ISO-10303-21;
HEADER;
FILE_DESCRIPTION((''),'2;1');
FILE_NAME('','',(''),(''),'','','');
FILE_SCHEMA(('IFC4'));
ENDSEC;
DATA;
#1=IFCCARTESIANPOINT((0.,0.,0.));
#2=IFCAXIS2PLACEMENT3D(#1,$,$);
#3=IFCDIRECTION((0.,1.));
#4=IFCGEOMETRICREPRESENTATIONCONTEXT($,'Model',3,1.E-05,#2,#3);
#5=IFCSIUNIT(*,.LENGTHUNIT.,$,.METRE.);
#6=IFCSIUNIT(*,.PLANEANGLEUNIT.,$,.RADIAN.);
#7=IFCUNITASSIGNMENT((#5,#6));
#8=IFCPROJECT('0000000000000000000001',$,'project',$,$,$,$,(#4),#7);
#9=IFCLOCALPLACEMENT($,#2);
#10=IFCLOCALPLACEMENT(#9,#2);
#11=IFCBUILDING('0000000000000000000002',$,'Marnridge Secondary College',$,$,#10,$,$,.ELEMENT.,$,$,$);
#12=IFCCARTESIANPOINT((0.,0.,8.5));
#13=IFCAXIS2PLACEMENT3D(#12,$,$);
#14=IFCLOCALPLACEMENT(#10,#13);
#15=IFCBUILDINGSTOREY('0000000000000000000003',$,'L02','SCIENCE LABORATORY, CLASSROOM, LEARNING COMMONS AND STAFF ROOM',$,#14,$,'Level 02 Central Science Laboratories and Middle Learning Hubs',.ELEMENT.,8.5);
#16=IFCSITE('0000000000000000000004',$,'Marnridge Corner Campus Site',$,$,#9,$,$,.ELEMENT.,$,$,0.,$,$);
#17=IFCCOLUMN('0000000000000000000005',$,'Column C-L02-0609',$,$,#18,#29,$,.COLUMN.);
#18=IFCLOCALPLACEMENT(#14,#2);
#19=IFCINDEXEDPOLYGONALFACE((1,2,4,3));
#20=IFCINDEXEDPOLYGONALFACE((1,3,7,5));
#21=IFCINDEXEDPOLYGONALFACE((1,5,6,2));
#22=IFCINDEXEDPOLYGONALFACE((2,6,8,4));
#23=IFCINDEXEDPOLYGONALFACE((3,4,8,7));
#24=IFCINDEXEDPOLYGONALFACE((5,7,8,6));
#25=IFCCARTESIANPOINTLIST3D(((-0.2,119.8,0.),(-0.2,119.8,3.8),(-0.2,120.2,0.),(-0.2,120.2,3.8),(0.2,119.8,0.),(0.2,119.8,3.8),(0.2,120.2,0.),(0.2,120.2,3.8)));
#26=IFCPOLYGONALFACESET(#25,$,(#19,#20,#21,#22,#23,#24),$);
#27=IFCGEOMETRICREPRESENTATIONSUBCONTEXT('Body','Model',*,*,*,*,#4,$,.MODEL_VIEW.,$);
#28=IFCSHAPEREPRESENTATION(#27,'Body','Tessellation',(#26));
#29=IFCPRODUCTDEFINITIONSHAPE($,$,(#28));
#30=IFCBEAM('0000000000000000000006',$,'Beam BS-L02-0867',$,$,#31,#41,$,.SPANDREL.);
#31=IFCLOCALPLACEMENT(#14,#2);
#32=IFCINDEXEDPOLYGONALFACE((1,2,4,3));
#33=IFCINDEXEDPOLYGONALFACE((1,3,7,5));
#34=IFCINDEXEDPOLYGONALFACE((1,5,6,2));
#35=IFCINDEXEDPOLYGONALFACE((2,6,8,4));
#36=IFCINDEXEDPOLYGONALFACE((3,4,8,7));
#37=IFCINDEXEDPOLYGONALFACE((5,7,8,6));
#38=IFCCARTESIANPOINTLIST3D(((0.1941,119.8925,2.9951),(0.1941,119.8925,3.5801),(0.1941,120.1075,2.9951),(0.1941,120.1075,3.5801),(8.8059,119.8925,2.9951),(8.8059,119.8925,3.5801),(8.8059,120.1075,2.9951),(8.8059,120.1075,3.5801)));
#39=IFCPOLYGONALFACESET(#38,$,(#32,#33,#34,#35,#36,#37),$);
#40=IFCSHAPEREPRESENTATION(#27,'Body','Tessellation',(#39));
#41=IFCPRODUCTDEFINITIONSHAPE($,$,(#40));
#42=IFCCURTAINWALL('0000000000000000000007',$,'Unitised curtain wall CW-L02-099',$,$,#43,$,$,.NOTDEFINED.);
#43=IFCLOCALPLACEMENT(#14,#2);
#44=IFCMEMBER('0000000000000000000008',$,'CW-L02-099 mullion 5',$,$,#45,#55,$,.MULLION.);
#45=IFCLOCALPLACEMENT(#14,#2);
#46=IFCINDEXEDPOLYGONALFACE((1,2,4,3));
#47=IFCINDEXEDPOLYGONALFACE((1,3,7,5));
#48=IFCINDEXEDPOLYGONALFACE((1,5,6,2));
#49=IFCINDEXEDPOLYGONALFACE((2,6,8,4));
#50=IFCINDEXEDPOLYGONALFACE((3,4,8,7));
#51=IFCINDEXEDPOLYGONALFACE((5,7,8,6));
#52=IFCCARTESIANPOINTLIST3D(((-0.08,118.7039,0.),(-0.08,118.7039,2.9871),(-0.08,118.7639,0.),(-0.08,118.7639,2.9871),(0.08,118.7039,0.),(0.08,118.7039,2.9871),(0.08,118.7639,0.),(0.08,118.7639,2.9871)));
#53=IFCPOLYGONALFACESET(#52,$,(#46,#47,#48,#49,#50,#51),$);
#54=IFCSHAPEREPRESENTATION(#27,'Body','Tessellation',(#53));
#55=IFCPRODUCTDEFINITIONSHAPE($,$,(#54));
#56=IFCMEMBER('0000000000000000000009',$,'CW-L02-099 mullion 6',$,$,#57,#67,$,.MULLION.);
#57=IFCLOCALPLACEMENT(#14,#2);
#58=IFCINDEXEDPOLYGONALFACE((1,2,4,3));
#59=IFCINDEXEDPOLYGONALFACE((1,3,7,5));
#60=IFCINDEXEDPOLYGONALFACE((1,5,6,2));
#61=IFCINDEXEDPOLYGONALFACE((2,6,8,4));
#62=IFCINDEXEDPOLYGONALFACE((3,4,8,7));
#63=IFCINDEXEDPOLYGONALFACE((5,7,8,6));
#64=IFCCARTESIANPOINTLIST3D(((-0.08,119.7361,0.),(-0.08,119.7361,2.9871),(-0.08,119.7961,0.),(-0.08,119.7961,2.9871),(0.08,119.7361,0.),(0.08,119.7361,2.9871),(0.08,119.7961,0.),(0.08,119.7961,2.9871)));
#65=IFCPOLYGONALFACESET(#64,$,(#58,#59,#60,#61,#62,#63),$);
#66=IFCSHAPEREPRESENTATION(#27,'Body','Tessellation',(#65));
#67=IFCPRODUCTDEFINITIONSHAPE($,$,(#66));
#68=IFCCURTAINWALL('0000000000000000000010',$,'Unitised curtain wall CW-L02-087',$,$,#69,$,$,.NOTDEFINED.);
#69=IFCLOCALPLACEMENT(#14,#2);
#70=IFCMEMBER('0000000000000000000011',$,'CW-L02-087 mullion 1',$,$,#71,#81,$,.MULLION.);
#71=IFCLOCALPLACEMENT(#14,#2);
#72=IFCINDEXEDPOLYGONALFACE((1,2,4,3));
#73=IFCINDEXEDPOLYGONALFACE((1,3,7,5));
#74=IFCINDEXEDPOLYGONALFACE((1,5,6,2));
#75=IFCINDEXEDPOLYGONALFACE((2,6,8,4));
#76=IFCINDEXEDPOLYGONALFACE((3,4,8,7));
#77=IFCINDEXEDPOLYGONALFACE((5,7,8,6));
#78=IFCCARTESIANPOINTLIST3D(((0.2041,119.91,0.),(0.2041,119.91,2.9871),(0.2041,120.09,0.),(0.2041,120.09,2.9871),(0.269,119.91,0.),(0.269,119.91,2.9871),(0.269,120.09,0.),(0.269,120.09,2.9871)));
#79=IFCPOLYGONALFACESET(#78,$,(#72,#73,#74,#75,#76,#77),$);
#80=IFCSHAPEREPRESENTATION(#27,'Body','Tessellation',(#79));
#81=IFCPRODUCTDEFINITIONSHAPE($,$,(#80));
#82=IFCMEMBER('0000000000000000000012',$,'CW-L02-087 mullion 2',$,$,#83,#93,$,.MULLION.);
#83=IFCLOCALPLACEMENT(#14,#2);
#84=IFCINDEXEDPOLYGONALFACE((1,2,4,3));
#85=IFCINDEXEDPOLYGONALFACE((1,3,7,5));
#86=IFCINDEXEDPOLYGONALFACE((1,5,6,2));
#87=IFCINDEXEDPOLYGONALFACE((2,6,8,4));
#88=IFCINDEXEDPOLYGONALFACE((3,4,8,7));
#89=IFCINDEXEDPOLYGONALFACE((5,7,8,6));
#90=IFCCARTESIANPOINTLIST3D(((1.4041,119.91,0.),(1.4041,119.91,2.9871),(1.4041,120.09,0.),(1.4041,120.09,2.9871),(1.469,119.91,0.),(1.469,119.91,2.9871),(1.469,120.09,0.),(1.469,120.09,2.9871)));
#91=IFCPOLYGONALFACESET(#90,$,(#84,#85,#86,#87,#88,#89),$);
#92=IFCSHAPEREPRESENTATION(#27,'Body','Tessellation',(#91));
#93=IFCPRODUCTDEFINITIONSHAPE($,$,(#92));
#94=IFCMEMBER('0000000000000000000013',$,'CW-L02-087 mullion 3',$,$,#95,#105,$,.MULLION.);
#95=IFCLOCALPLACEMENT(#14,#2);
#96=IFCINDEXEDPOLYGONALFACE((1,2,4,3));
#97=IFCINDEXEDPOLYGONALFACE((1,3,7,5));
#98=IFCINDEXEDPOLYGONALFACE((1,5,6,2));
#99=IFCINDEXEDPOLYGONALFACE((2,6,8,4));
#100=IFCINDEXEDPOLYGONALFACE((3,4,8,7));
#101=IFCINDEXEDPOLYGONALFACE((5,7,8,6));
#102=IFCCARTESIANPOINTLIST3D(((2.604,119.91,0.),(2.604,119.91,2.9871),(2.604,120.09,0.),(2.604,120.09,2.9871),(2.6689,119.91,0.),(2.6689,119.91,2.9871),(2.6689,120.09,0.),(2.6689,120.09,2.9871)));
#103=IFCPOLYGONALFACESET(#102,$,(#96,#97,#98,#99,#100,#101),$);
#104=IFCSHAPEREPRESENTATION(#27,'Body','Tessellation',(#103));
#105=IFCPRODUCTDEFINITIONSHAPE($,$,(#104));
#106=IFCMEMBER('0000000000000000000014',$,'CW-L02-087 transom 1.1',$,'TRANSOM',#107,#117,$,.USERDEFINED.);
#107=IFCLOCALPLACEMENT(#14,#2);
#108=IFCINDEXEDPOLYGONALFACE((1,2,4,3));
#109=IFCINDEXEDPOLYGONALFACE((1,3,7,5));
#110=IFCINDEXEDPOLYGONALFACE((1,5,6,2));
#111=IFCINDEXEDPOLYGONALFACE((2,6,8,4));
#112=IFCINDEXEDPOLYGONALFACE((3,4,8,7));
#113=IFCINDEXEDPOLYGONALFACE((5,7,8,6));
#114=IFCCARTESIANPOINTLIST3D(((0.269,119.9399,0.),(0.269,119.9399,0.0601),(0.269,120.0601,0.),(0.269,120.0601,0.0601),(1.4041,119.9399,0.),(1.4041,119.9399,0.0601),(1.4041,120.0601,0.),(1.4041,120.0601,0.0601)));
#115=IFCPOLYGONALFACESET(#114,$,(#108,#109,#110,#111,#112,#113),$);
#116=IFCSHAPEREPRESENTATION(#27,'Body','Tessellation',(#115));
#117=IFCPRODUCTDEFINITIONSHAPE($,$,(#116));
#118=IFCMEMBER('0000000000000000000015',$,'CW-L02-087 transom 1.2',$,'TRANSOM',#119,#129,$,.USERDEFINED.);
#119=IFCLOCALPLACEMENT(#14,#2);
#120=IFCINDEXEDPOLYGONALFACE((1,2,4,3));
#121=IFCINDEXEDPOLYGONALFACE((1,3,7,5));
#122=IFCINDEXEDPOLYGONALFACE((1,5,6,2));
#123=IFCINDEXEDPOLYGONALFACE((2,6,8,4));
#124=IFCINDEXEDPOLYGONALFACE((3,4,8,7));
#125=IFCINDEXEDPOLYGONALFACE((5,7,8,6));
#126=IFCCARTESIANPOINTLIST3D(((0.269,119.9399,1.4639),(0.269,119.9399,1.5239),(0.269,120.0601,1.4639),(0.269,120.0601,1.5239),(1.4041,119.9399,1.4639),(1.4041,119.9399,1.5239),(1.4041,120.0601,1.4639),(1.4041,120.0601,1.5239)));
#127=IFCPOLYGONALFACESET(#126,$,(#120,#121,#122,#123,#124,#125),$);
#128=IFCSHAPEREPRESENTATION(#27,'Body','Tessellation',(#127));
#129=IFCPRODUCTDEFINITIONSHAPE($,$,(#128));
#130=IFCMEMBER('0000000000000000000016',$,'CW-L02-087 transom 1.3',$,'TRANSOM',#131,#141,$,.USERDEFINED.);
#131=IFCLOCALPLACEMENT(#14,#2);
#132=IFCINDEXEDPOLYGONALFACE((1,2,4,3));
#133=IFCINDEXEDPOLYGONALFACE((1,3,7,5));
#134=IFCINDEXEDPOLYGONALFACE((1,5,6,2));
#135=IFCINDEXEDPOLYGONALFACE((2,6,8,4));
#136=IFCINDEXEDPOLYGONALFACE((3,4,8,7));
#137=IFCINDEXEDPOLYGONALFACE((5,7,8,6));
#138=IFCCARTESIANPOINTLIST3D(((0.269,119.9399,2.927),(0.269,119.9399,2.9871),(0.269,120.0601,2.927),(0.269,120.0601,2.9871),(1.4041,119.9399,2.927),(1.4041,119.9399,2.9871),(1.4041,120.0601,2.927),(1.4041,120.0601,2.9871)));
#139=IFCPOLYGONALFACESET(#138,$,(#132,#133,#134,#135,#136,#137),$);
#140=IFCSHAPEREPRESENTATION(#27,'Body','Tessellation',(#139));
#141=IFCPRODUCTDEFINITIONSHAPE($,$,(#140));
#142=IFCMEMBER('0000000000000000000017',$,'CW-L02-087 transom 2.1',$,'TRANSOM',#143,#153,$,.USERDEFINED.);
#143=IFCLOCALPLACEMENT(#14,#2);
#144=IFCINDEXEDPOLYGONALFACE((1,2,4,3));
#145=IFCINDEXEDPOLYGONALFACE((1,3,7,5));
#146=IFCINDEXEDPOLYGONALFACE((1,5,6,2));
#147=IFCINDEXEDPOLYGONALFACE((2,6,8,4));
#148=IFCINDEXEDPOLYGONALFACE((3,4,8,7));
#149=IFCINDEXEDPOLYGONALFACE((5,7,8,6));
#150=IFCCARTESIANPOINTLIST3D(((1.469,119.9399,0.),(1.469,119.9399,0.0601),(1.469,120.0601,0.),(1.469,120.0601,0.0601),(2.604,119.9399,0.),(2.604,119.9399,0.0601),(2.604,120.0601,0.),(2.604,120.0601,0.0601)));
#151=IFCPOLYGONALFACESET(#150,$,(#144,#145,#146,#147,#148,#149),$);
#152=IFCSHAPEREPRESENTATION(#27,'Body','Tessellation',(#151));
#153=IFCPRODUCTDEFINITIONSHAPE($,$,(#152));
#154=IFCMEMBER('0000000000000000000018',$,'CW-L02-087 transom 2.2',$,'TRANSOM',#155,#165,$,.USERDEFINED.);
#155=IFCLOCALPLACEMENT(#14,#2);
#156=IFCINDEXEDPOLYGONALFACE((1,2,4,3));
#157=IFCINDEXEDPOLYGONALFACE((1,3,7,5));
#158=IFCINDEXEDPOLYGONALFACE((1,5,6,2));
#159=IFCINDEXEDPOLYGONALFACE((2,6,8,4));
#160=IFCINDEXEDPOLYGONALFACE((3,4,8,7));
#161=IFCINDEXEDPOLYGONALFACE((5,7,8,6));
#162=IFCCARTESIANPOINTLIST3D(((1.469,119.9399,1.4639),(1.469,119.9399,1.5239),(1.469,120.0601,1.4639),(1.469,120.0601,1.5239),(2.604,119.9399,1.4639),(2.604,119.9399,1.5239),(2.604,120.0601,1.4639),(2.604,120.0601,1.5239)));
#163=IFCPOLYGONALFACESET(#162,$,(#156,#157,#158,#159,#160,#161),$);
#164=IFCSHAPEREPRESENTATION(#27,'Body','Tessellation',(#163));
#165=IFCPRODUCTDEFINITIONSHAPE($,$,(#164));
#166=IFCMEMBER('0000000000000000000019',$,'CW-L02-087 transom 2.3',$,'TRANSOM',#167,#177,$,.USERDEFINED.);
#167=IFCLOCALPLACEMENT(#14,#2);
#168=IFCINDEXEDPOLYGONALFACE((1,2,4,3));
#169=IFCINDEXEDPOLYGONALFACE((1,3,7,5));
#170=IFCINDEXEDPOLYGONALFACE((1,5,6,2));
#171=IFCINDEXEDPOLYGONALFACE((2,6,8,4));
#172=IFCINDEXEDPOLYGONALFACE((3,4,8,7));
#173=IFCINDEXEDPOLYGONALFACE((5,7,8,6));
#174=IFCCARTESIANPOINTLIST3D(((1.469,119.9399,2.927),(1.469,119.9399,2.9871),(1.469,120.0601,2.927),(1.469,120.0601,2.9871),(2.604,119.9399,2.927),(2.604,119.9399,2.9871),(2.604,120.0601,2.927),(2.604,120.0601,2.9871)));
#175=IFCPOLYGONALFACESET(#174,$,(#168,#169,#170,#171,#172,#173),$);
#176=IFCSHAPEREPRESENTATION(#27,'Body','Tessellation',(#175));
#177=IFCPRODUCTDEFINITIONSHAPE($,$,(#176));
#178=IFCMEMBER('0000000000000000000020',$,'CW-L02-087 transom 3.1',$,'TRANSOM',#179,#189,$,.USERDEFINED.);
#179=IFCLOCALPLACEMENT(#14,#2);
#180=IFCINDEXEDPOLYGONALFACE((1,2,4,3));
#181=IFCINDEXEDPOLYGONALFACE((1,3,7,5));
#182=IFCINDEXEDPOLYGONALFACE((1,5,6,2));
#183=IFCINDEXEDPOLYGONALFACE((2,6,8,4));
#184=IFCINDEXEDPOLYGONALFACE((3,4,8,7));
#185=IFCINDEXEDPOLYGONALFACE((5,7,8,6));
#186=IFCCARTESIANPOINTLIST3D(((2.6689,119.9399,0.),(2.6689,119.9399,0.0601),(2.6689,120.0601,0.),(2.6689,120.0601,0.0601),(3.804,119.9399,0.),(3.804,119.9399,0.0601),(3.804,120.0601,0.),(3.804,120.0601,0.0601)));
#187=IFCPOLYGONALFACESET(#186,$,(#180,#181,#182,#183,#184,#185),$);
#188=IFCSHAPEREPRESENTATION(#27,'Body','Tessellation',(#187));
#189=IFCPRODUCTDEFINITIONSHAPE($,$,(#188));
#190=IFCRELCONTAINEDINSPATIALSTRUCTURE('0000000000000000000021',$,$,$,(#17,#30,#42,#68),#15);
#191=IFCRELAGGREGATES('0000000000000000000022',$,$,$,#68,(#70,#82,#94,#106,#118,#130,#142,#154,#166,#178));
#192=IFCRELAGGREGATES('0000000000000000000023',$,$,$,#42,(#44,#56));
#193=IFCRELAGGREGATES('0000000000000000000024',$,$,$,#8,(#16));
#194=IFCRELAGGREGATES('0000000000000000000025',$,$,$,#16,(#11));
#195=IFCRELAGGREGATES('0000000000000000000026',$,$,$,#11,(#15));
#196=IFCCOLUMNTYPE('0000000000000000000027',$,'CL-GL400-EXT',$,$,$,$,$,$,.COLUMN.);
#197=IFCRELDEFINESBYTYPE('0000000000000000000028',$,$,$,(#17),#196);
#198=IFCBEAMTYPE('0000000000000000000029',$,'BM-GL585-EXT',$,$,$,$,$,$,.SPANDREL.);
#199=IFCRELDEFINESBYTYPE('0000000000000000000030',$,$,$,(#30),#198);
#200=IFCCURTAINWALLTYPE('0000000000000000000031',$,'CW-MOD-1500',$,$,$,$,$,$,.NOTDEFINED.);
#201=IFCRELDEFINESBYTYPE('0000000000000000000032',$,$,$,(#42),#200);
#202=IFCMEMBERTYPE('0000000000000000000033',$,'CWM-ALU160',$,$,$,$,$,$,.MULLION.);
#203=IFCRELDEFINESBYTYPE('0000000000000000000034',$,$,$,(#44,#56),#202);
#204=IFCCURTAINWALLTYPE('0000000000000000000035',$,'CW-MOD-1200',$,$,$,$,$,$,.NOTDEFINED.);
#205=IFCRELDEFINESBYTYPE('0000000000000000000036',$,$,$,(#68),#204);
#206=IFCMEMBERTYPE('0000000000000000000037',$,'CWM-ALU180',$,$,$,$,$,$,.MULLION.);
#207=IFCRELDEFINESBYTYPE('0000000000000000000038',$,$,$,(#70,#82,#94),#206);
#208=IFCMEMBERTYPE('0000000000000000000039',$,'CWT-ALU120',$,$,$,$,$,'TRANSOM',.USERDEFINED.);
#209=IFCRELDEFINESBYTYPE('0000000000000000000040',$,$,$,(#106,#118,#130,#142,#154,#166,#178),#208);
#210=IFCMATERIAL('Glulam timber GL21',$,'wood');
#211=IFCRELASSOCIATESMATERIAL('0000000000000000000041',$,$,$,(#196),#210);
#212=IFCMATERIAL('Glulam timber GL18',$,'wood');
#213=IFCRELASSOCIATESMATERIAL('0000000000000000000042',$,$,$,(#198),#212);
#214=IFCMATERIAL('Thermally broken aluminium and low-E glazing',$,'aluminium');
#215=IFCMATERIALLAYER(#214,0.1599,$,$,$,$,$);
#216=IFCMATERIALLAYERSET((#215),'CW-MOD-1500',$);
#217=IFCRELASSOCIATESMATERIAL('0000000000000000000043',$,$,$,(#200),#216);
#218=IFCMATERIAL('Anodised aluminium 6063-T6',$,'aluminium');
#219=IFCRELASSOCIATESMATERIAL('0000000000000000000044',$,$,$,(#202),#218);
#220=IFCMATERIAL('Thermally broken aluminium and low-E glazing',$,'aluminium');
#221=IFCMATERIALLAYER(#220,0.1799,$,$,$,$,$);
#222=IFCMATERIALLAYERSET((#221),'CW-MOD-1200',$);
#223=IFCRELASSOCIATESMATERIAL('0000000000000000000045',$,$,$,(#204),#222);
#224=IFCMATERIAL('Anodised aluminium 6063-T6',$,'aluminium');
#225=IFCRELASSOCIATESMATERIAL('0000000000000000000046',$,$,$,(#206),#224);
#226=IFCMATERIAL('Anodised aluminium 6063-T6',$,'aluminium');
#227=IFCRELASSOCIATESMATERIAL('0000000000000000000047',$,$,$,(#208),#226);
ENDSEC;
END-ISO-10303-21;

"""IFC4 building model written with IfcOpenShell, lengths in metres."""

from ifc_helpers import new_model, si_unit, direction, frame, origin, origin_2d, place, context, subcontext, project, spatial, rectangle, extrude, material, layer, layer_set, material_profile, profile_set, type_object, element, aggregate, save


model = new_model("IFC4")

# Units and contexts
model_context = context("Model", 3, precision=1e-05, world=origin(), true_north=direction((0.0, 1.0)))
body_context = subcontext(model_context, "Body", "Model", "MODEL_VIEW")
ifc_project = project(units=[si_unit("LENGTHUNIT", "METRE"), si_unit("PLANEANGLEUNIT", "RADIAN")], contexts=[model_context])

# Site, building, storey
site_placement = place(None, origin())
site = spatial("IfcSite", under=ifc_project, at=site_placement, Name="Marnridge Corner Campus Site", CompositionType="ELEMENT", RefElevation=0.0)
building_placement = place(site_placement, origin())
building = spatial("IfcBuilding", under=site, at=building_placement, Name="Marnridge Secondary College", CompositionType="ELEMENT")
storey_placement = place(building_placement, frame((0.0, 0.0, 8.5)))
storey = spatial("IfcBuildingStorey", under=building, at=storey_placement, Name="L02", Description="SCIENCE LABORATORY, CLASSROOM, LEARNING COMMONS AND STAFF ROOM", LongName="Level 02 Central Science Laboratories and Middle Learning Hubs", CompositionType="ELEMENT", Elevation=8.5)

# Column
ifc_material_1 = material(Name="Glulam timber GL21", Category="wood")
ifc_material_profile_1 = material_profile(ifc_material_1, rectangle(XDim=0.3999, YDim=0.3999, at=origin_2d()), Name="GL21 400x400")
ifc_profile_set_1 = profile_set([ifc_material_profile_1], Name="Glulam timber GL21")
column_type = type_object("IfcColumnType", Name="CL-GL400-EXT", PredefinedType="COLUMN", material=ifc_profile_set_1)
column_placement = place(storey_placement, frame((0.0, 120.0, 0.0), z_axis=(0.0, 0.0, 1.0), x_axis=(1.0, 0.0, 0.0)))
element("IfcColumn", 1, at=column_placement, inside=storey, type_object=column_type, Name="Column C-L02-0609", PredefinedType="COLUMN", context=body_context, shape_type="SweptSolid", body=[
    extrude(rectangle(XDim=0.3999, YDim=0.3999, at=origin_2d()), origin(), (0.0, 0.0, 1.0), 3.8),
])

# Beam
ifc_material_2 = material(Name="Glulam timber GL18", Category="wood")
ifc_material_profile_2 = material_profile(ifc_material_2, rectangle(XDim=0.2151, YDim=0.585, at=origin_2d()), Name="GL18 215x585")
ifc_profile_set_2 = profile_set([ifc_material_profile_2], Name="Glulam timber GL18")
beam_type = type_object("IfcBeamType", Name="BM-GL585-EXT", PredefinedType="SPANDREL", material=ifc_profile_set_2)
beam_placement = place(storey_placement, frame((0.1941, 120.0, 3.2876), z_axis=(1.0, 0.0, 0.0), x_axis=(0.0, 1.0, 0.0)))
element("IfcBeam", 2, at=beam_placement, inside=storey, type_object=beam_type, Name="Beam BS-L02-0867", PredefinedType="SPANDREL", context=body_context, shape_type="SweptSolid", body=[
    extrude(rectangle(XDim=0.2151, YDim=0.585, at=origin_2d()), origin(), (0.0, 0.0, 1.0), 8.6118),
])

# Curtain walls, members
ifc_material_3 = material(Name="Thermally broken aluminium and low-E glazing", Category="aluminium")
ifc_layer_1 = layer(ifc_material_3, 0.1599)
ifc_layer_set_1 = layer_set([ifc_layer_1], Name="CW-MOD-1500")
curtain_wall_type_1 = type_object("IfcCurtainWallType", Name="CW-MOD-1500", PredefinedType="NOTDEFINED", material=ifc_layer_set_1)
curtain_wall_1_placement = place(storey_placement, origin())
curtain_wall_1 = element("IfcCurtainWall", 3, at=curtain_wall_1_placement, inside=storey, type_object=curtain_wall_type_1, Name="Unitised curtain wall CW-L02-099", PredefinedType="NOTDEFINED")
ifc_material_4 = material(Name="Anodised aluminium 6063-T6", Category="aluminium")
ifc_material_profile_3 = material_profile(ifc_material_4, rectangle(XDim=0.0601, YDim=0.1599, at=origin_2d()), Name="ALU 60x160")
ifc_profile_set_3 = profile_set([ifc_material_profile_3], Name="Anodised aluminium 6063-T6")
member_type_1 = type_object("IfcMemberType", Name="CWM-ALU160", PredefinedType="MULLION", material=ifc_profile_set_3)
member_1_placement = place(storey_placement, frame((0.0, 118.7339, 0.0), z_axis=(0.0, 0.0, 1.0), x_axis=(0.0, 1.0, 0.0)))
member_1 = element("IfcMember", 4, at=member_1_placement, type_object=member_type_1, Name="CW-L02-099 mullion 5", PredefinedType="MULLION", context=body_context, shape_type="SweptSolid", body=[
    extrude(rectangle(XDim=0.0601, YDim=0.1599, at=origin_2d()), origin(), (0.0, 0.0, 1.0), 2.9871),
])
member_2_placement = place(storey_placement, frame((0.0, 119.7661, 0.0), z_axis=(0.0, 0.0, 1.0), x_axis=(0.0, 1.0, 0.0)))
member_2 = element("IfcMember", 5, at=member_2_placement, type_object=member_type_1, Name="CW-L02-099 mullion 6", PredefinedType="MULLION", context=body_context, shape_type="SweptSolid", body=[
    extrude(rectangle(XDim=0.0601, YDim=0.1599, at=origin_2d()), origin(), (0.0, 0.0, 1.0), 2.9871),
])
ifc_material_5 = material(Name="Thermally broken aluminium and low-E glazing", Category="aluminium")
ifc_layer_2 = layer(ifc_material_5, 0.1799)
ifc_layer_set_2 = layer_set([ifc_layer_2], Name="CW-MOD-1200")
curtain_wall_type_2 = type_object("IfcCurtainWallType", Name="CW-MOD-1200", PredefinedType="NOTDEFINED", material=ifc_layer_set_2)
curtain_wall_2_placement = place(storey_placement, origin())
curtain_wall_2 = element("IfcCurtainWall", 6, at=curtain_wall_2_placement, inside=storey, type_object=curtain_wall_type_2, Name="Unitised curtain wall CW-L02-087", PredefinedType="NOTDEFINED")
ifc_material_6 = material(Name="Anodised aluminium 6063-T6", Category="aluminium")
ifc_material_profile_4 = material_profile(ifc_material_6, rectangle(XDim=0.0649, YDim=0.1799, at=origin_2d()), Name="ALU 65x180")
ifc_profile_set_4 = profile_set([ifc_material_profile_4], Name="Anodised aluminium 6063-T6")
member_type_2 = type_object("IfcMemberType", Name="CWM-ALU180", PredefinedType="MULLION", material=ifc_profile_set_4)
member_3_placement = place(storey_placement, frame((0.2366, 120.0, 0.0), z_axis=(0.0, 0.0, 1.0), x_axis=(1.0, 0.0, 0.0)))
member_3 = element("IfcMember", 7, at=member_3_placement, type_object=member_type_2, Name="CW-L02-087 mullion 1", PredefinedType="MULLION", context=body_context, shape_type="SweptSolid", body=[
    extrude(rectangle(XDim=0.0649, YDim=0.1799, at=origin_2d()), origin(), (0.0, 0.0, 1.0), 2.9871),
])
member_4_placement = place(storey_placement, frame((1.4365, 120.0, 0.0), z_axis=(0.0, 0.0, 1.0), x_axis=(1.0, 0.0, 0.0)))
member_4 = element("IfcMember", 8, at=member_4_placement, type_object=member_type_2, Name="CW-L02-087 mullion 2", PredefinedType="MULLION", context=body_context, shape_type="SweptSolid", body=[
    extrude(rectangle(XDim=0.0649, YDim=0.1799, at=origin_2d()), origin(), (0.0, 0.0, 1.0), 2.9871),
])
member_5_placement = place(storey_placement, frame((2.6365, 120.0, 0.0), z_axis=(0.0, 0.0, 1.0), x_axis=(1.0, 0.0, 0.0)))
member_5 = element("IfcMember", 9, at=member_5_placement, type_object=member_type_2, Name="CW-L02-087 mullion 3", PredefinedType="MULLION", context=body_context, shape_type="SweptSolid", body=[
    extrude(rectangle(XDim=0.0649, YDim=0.1799, at=origin_2d()), origin(), (0.0, 0.0, 1.0), 2.9871),
])
ifc_material_7 = material(Name="Anodised aluminium 6063-T6", Category="aluminium")
ifc_material_profile_5 = material_profile(ifc_material_7, rectangle(XDim=0.0601, YDim=0.1201, at=origin_2d()), Name="ALU 60x120")
ifc_profile_set_5 = profile_set([ifc_material_profile_5], Name="Anodised aluminium 6063-T6")
member_type_3 = type_object("IfcMemberType", Name="CWT-ALU120", ElementType="TRANSOM", PredefinedType="USERDEFINED", material=ifc_profile_set_5)
member_6_placement = place(storey_placement, frame((0.269, 120.0, 0.03), z_axis=(1.0, 0.0, 0.0), x_axis=(0.0, 0.0, 1.0)))
member_6 = element("IfcMember", 10, at=member_6_placement, type_object=member_type_3, Name="CW-L02-087 transom 1.1", ObjectType="TRANSOM", PredefinedType="USERDEFINED", context=body_context, shape_type="SweptSolid", body=[
    extrude(rectangle(XDim=0.0601, YDim=0.1201, at=origin_2d()), origin(), (0.0, 0.0, 1.0), 1.135),
])
member_7_placement = place(storey_placement, frame((0.269, 120.0, 1.4939), z_axis=(1.0, 0.0, 0.0), x_axis=(0.0, 0.0, 1.0)))
member_7 = element("IfcMember", 11, at=member_7_placement, type_object=member_type_3, Name="CW-L02-087 transom 1.2", ObjectType="TRANSOM", PredefinedType="USERDEFINED", context=body_context, shape_type="SweptSolid", body=[
    extrude(rectangle(XDim=0.0601, YDim=0.1201, at=origin_2d()), origin(), (0.0, 0.0, 1.0), 1.135),
])
member_8_placement = place(storey_placement, frame((0.269, 120.0, 2.957), z_axis=(1.0, 0.0, 0.0), x_axis=(0.0, 0.0, 1.0)))
member_8 = element("IfcMember", 12, at=member_8_placement, type_object=member_type_3, Name="CW-L02-087 transom 1.3", ObjectType="TRANSOM", PredefinedType="USERDEFINED", context=body_context, shape_type="SweptSolid", body=[
    extrude(rectangle(XDim=0.0601, YDim=0.1201, at=origin_2d()), origin(), (0.0, 0.0, 1.0), 1.135),
])
member_9_placement = place(storey_placement, frame((1.469, 120.0, 0.03), z_axis=(1.0, 0.0, 0.0), x_axis=(0.0, 0.0, 1.0)))
member_9 = element("IfcMember", 13, at=member_9_placement, type_object=member_type_3, Name="CW-L02-087 transom 2.1", ObjectType="TRANSOM", PredefinedType="USERDEFINED", context=body_context, shape_type="SweptSolid", body=[
    extrude(rectangle(XDim=0.0601, YDim=0.1201, at=origin_2d()), origin(), (0.0, 0.0, 1.0), 1.135),
])
member_10_placement = place(storey_placement, frame((1.469, 120.0, 1.4939), z_axis=(1.0, 0.0, 0.0), x_axis=(0.0, 0.0, 1.0)))
member_10 = element("IfcMember", 14, at=member_10_placement, type_object=member_type_3, Name="CW-L02-087 transom 2.2", ObjectType="TRANSOM", PredefinedType="USERDEFINED", context=body_context, shape_type="SweptSolid", body=[
    extrude(rectangle(XDim=0.0601, YDim=0.1201, at=origin_2d()), origin(), (0.0, 0.0, 1.0), 1.135),
])
member_11_placement = place(storey_placement, frame((1.469, 120.0, 2.957), z_axis=(1.0, 0.0, 0.0), x_axis=(0.0, 0.0, 1.0)))
member_11 = element("IfcMember", 15, at=member_11_placement, type_object=member_type_3, Name="CW-L02-087 transom 2.3", ObjectType="TRANSOM", PredefinedType="USERDEFINED", context=body_context, shape_type="SweptSolid", body=[
    extrude(rectangle(XDim=0.0601, YDim=0.1201, at=origin_2d()), origin(), (0.0, 0.0, 1.0), 1.135),
])
member_12_placement = place(storey_placement, frame((2.6689, 120.0, 0.03), z_axis=(1.0, 0.0, 0.0), x_axis=(0.0, 0.0, 1.0)))
member_12 = element("IfcMember", 16, at=member_12_placement, type_object=member_type_3, Name="CW-L02-087 transom 3.1", ObjectType="TRANSOM", PredefinedType="USERDEFINED", context=body_context, shape_type="SweptSolid", body=[
    extrude(rectangle(XDim=0.0601, YDim=0.1201, at=origin_2d()), origin(), (0.0, 0.0, 1.0), 1.135),
])

aggregate(curtain_wall_2, [member_3, member_4, member_5, member_6, member_7, member_8, member_9, member_10, member_11, member_12])
aggregate(curtain_wall_1, [member_1, member_2])

save(model, "model.ifc")
